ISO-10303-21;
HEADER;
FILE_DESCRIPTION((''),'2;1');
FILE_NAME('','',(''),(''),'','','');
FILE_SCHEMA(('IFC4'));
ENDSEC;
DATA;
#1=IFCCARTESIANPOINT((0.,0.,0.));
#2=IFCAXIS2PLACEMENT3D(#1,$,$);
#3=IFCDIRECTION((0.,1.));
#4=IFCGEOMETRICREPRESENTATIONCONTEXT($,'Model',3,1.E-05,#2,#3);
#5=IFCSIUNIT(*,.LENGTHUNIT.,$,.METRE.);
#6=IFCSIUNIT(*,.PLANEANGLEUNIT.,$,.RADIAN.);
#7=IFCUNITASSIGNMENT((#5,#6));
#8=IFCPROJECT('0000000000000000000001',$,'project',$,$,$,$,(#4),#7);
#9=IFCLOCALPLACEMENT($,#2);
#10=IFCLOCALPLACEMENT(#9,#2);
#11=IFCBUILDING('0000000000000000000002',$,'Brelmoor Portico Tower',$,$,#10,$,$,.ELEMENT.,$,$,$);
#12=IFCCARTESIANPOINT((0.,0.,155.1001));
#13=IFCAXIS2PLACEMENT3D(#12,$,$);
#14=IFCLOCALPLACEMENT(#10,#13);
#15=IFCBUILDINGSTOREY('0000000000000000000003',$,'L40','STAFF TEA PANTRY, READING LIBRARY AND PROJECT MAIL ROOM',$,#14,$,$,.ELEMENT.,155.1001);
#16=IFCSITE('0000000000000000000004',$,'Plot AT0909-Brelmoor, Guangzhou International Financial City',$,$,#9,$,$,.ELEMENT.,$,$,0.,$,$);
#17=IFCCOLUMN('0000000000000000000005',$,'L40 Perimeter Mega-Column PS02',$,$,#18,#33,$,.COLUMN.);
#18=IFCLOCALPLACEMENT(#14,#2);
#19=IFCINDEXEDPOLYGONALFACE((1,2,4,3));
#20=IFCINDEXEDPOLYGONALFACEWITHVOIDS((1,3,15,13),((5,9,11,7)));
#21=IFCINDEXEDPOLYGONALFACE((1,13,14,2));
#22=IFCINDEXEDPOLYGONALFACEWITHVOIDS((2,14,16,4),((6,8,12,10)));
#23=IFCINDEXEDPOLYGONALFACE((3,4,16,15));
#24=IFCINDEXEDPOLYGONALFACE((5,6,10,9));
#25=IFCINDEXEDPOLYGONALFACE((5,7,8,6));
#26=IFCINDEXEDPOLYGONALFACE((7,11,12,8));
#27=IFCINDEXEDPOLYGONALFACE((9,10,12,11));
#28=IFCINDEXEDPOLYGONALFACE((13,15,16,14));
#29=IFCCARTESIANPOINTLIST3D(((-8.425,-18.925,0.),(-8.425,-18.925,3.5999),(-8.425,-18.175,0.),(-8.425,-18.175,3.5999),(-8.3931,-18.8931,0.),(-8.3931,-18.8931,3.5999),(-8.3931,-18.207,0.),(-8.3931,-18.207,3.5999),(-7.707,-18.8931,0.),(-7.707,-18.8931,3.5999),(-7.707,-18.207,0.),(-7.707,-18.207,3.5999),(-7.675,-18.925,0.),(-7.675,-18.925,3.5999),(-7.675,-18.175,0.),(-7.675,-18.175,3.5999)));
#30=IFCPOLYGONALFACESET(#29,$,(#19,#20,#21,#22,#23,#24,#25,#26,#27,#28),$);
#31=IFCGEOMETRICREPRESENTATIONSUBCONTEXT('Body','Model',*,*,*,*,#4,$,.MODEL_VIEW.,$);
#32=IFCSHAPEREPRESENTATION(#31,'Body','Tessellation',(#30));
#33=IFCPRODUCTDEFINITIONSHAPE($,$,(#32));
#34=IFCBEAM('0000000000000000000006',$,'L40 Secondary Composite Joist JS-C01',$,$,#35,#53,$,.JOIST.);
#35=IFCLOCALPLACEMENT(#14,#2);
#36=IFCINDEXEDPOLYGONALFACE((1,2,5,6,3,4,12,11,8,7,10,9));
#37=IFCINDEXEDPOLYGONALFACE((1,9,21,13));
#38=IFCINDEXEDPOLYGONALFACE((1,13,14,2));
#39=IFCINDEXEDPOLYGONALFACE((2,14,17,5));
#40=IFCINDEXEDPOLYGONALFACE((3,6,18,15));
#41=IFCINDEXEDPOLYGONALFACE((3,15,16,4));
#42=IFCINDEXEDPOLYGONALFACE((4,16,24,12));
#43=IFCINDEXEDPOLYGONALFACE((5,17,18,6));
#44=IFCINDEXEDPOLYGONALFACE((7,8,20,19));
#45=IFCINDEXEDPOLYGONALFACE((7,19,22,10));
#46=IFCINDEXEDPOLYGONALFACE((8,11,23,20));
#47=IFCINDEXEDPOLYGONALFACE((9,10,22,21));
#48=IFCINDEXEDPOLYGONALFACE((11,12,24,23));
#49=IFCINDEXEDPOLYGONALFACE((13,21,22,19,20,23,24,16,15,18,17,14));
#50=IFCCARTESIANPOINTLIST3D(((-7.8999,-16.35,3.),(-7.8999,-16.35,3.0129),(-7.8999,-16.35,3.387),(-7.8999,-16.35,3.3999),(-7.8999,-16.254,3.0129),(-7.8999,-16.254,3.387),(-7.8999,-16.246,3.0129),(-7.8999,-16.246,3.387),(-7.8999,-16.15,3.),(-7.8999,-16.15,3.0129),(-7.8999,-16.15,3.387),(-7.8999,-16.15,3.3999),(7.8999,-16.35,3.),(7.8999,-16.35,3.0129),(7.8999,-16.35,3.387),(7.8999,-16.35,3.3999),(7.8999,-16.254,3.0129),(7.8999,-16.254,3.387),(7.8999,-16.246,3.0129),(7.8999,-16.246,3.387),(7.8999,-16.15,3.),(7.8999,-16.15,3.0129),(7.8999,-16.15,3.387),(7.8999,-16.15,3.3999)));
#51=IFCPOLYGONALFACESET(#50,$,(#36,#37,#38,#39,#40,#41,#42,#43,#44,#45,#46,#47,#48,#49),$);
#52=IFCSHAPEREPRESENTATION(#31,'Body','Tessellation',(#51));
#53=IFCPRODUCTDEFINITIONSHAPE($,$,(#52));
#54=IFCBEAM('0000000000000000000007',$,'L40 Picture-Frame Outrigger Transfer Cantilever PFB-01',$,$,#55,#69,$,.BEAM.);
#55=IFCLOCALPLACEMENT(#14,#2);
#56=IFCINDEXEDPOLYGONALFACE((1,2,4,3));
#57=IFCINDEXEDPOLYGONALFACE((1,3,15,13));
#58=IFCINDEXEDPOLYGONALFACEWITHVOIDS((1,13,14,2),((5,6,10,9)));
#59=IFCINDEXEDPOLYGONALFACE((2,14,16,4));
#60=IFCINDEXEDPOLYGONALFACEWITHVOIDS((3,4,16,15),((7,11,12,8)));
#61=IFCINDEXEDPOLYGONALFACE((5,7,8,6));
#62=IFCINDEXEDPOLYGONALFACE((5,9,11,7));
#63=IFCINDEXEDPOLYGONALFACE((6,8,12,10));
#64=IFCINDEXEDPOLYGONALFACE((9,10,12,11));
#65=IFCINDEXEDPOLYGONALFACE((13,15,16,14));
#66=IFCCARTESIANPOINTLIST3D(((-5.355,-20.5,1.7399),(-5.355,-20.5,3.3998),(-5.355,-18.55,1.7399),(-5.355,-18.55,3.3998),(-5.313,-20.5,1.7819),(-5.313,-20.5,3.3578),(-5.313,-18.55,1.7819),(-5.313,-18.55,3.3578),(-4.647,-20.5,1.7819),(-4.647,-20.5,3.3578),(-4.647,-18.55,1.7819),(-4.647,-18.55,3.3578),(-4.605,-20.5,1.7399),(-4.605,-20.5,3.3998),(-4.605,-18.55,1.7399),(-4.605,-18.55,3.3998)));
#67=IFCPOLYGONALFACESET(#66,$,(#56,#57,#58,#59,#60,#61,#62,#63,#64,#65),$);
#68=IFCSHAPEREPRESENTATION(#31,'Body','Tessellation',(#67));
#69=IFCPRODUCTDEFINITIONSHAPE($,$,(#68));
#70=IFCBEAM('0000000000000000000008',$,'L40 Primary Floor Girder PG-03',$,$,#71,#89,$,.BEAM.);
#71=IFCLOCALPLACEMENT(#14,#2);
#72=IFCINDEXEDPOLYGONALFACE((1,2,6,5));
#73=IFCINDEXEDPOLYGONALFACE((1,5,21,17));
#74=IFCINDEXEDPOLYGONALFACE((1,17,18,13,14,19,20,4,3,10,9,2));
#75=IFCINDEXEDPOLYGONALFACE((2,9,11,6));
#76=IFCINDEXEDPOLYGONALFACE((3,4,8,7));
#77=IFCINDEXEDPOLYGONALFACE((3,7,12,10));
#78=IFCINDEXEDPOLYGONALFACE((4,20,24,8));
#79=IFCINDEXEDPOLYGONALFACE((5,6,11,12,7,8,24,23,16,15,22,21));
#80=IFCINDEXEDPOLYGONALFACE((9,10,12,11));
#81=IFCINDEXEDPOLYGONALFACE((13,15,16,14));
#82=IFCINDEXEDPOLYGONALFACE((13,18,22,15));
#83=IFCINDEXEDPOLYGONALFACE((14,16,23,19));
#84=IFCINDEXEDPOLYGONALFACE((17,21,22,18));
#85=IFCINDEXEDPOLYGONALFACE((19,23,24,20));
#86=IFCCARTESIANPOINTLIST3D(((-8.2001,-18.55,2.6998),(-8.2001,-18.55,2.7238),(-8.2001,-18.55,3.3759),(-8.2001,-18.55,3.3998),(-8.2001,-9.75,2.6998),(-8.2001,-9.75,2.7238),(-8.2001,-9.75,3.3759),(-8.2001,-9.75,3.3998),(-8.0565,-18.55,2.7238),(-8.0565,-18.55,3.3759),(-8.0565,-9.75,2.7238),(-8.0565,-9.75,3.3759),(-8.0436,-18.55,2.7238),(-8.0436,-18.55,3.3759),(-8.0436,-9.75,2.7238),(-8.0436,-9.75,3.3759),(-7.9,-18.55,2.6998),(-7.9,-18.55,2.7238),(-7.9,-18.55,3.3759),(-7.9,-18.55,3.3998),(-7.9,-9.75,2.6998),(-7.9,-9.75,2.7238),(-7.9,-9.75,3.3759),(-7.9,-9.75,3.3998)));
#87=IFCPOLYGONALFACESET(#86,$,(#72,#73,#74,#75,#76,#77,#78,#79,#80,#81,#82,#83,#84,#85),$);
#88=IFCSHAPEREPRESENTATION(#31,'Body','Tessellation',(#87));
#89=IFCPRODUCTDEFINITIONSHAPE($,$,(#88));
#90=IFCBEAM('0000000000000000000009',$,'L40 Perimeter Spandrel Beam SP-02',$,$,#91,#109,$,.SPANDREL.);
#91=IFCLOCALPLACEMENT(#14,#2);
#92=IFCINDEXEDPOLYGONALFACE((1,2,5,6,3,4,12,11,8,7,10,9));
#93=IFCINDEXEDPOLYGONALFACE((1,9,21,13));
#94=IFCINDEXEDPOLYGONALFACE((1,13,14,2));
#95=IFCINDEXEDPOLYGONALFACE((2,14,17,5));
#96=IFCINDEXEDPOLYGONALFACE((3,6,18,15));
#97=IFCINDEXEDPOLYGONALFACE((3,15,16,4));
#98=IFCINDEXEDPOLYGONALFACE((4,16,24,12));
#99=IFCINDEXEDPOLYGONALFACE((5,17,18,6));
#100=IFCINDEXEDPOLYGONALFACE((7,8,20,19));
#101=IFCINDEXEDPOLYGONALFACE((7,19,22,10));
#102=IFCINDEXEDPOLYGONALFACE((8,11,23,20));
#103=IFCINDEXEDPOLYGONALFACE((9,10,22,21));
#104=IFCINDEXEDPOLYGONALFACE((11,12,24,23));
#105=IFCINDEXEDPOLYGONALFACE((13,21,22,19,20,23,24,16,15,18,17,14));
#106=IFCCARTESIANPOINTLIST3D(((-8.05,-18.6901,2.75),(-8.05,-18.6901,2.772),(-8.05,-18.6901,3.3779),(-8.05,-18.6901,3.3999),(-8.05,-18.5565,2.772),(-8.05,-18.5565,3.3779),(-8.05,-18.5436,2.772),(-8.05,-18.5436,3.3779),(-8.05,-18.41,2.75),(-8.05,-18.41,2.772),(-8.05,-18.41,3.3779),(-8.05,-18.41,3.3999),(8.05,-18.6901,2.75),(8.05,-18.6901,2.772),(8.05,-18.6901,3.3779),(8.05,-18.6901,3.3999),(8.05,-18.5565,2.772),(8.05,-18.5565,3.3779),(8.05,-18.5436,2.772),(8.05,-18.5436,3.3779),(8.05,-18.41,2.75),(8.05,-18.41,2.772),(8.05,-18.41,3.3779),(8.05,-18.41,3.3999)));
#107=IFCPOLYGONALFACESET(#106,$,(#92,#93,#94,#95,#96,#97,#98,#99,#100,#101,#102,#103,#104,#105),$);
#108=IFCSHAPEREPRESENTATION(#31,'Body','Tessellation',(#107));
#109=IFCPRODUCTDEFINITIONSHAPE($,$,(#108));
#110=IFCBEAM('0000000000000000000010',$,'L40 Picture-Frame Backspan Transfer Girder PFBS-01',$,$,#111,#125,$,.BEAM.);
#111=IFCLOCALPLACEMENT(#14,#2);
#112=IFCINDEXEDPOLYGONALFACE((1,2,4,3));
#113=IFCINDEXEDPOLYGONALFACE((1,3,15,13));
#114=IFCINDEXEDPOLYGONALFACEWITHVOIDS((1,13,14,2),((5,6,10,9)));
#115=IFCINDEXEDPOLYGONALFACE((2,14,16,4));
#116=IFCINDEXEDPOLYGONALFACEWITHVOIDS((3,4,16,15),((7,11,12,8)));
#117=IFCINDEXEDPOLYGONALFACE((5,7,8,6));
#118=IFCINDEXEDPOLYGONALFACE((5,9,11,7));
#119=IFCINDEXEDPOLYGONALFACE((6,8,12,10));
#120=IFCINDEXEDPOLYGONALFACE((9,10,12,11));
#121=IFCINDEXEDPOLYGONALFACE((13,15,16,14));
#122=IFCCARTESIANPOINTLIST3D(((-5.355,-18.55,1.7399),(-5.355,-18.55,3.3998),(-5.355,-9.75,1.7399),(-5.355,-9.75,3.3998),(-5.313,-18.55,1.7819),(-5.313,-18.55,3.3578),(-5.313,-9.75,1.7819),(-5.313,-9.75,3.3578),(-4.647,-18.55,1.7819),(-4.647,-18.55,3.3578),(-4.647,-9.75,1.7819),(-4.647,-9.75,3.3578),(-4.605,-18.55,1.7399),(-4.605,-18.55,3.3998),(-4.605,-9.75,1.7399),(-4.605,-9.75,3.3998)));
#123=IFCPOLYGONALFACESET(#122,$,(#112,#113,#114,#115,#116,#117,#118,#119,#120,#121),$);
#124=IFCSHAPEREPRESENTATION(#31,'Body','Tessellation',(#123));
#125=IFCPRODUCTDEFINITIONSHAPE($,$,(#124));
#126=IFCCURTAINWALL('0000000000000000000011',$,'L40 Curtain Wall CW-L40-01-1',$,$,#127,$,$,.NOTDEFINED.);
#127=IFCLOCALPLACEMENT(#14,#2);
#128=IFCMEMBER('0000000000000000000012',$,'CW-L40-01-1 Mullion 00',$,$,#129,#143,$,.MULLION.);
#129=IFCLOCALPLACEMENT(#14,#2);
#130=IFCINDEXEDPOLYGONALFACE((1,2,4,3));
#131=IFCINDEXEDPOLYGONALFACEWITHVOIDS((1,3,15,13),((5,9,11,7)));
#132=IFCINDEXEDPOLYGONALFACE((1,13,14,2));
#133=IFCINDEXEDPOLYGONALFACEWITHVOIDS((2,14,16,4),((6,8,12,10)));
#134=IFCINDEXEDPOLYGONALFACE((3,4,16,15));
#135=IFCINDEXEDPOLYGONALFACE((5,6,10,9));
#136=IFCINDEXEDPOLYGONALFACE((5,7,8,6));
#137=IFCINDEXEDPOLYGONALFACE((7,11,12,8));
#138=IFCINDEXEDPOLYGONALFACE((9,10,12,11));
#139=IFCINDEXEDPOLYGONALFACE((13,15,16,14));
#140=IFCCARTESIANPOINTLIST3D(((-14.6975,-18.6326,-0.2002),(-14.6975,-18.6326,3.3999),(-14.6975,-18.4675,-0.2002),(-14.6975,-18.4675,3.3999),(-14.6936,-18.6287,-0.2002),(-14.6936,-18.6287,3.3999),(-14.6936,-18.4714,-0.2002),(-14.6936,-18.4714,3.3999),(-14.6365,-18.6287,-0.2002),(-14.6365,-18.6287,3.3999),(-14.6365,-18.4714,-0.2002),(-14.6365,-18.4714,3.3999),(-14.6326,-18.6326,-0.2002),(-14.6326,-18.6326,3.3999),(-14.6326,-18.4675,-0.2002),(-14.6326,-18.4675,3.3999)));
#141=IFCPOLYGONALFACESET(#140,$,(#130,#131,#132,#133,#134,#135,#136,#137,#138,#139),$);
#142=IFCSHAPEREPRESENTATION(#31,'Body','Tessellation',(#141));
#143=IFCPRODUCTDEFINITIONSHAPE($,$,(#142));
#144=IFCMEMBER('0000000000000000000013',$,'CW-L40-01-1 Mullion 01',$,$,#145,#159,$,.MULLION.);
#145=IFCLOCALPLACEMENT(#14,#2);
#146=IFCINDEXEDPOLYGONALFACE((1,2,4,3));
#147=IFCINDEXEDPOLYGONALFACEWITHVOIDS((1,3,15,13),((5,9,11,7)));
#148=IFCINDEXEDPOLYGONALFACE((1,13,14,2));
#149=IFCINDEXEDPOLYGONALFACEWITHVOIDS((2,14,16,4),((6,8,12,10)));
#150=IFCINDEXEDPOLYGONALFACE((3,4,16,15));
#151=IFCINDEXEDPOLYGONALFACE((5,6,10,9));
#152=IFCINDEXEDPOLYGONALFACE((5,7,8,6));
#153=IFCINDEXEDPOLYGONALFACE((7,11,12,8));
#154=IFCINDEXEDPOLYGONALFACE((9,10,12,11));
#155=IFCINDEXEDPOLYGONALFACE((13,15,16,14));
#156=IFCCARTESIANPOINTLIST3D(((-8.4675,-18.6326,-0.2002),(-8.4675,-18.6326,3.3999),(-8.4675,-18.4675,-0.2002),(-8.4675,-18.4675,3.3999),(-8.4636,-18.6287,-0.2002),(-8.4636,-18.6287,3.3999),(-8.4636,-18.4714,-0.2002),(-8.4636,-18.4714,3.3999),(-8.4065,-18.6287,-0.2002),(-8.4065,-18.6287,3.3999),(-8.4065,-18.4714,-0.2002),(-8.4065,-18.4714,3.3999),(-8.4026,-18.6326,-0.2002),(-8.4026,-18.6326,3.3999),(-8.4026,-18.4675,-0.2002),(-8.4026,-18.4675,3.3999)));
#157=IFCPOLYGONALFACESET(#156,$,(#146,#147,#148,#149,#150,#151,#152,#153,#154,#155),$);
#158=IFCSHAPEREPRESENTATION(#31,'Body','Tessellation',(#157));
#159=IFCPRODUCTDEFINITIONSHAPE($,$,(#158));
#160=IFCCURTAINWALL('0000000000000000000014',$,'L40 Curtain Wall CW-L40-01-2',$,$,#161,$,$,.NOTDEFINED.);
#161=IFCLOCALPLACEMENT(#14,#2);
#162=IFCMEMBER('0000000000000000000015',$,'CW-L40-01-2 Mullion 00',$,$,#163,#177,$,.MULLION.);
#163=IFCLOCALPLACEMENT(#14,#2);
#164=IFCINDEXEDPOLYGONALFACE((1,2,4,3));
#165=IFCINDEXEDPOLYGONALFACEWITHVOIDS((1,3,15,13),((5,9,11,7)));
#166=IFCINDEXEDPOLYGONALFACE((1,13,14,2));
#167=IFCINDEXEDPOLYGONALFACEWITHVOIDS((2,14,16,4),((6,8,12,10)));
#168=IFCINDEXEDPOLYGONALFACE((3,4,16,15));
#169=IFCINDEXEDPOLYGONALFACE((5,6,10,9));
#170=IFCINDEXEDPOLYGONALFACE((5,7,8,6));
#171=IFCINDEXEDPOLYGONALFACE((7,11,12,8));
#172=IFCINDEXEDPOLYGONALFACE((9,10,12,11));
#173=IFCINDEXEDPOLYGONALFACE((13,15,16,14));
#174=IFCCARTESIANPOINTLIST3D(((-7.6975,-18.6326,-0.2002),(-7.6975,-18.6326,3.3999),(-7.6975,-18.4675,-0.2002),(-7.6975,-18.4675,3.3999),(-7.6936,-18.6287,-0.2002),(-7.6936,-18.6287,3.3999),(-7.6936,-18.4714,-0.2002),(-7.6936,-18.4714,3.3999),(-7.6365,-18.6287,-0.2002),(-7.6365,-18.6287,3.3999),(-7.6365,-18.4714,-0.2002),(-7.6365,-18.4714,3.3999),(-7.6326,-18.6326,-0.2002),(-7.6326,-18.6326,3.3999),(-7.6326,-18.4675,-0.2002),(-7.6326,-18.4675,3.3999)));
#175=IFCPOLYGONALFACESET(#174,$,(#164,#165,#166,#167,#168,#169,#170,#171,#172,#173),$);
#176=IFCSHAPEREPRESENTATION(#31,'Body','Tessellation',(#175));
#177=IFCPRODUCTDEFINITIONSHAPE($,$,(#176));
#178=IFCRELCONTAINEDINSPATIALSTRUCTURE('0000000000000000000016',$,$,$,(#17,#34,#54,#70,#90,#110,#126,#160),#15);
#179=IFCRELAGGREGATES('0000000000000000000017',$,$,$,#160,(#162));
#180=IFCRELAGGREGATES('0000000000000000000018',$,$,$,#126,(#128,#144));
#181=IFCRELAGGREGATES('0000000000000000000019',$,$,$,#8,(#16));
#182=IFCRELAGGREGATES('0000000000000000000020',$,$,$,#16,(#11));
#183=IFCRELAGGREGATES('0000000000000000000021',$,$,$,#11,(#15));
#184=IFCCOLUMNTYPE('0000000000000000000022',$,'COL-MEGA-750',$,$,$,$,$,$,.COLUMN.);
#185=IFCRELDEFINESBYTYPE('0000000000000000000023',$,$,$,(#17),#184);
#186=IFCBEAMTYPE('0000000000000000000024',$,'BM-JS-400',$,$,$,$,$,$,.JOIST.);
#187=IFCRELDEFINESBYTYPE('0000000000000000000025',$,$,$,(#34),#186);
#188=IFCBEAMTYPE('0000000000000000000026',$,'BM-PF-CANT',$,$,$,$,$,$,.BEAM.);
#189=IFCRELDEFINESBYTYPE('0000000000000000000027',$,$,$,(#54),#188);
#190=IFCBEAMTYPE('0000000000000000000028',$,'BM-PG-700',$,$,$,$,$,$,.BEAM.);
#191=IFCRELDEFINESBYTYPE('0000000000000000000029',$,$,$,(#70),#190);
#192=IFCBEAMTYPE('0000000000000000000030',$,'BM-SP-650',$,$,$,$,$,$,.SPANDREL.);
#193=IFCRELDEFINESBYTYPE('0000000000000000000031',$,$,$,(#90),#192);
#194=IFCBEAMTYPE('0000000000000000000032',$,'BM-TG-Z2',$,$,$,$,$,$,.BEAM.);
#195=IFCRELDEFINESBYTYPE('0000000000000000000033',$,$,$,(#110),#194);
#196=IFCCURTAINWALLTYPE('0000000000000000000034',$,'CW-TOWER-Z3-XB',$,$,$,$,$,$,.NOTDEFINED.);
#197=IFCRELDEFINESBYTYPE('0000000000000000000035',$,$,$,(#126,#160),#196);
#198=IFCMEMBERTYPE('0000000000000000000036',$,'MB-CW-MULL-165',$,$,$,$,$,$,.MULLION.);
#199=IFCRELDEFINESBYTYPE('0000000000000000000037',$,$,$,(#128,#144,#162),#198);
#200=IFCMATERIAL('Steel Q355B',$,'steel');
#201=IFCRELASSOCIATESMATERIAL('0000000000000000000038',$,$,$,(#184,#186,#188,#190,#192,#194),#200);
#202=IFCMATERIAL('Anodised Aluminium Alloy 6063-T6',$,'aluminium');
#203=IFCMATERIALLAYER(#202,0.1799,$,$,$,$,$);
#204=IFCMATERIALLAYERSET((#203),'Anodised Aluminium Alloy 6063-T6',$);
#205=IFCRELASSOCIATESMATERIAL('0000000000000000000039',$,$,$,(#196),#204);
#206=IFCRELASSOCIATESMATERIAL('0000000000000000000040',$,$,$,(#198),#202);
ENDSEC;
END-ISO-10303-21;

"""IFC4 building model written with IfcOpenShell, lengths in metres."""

from ifc_helpers import new_model, si_unit, direction, frame, origin, origin_2d, place, context, subcontext, project, spatial, hollow_rectangle, i_section, extrude, material, layer, layer_set, material_profile, profile_set, type_object, element, aggregate, save


model = new_model("IFC4")

# Units and contexts
model_context = context("Model", 3, precision=1e-05, world=origin(), true_north=direction((0.0, 1.0)))
body_context = subcontext(model_context, "Body", "Model", "MODEL_VIEW")
ifc_project = project(units=[si_unit("LENGTHUNIT", "METRE"), si_unit("PLANEANGLEUNIT", "RADIAN")], contexts=[model_context])

# Site, building, storey
site_placement = place(None, origin())
site = spatial("IfcSite", under=ifc_project, at=site_placement, Name="Plot AT0909-Brelmoor, Guangzhou International Financial City", CompositionType="ELEMENT", RefElevation=0.0)
building_placement = place(site_placement, origin())
building = spatial("IfcBuilding", under=site, at=building_placement, Name="Brelmoor Portico Tower", CompositionType="ELEMENT")
storey_placement = place(building_placement, frame((0.0, 0.0, 155.1001)))
storey = spatial("IfcBuildingStorey", under=building, at=storey_placement, Name="L40", Description="STAFF TEA PANTRY, READING LIBRARY AND PROJECT MAIL ROOM", CompositionType="ELEMENT", Elevation=155.1001)

# Column
ifc_material_1 = material(Name="Steel Q355B", Category="steel")
ifc_material_profile_1 = material_profile(ifc_material_1, hollow_rectangle(XDim=0.75, YDim=0.75, WallThickness=0.032, at=origin_2d()), Name="BOX 750x750x32")
ifc_profile_set_1 = profile_set([ifc_material_profile_1], Name="Steel Q355B")
column_type = type_object("IfcColumnType", Name="COL-MEGA-750", PredefinedType="COLUMN", material=ifc_profile_set_1)
column_placement = place(storey_placement, frame((-8.05, -18.55, 0.0), z_axis=(0.0, 0.0, 1.0), x_axis=(1.0, 0.0, 0.0)))
element("IfcColumn", 1, at=column_placement, inside=storey, type_object=column_type, Name="L40 Perimeter Mega-Column PS02", PredefinedType="COLUMN", context=body_context, shape_type="SweptSolid", body=[
    extrude(hollow_rectangle(XDim=0.75, YDim=0.75, WallThickness=0.032, at=origin_2d()), origin(), (0.0, 0.0, 1.0), 3.5999),
])

# Beams
ifc_material_profile_2 = material_profile(ifc_material_1, i_section(OverallWidth=0.2, OverallDepth=0.3999, WebThickness=0.0081, FlangeThickness=0.0129, at=origin_2d()), Name="HN 400x200x8x13")
ifc_profile_set_2 = profile_set([ifc_material_profile_2], Name="Steel Q355B")
beam_type_1 = type_object("IfcBeamType", Name="BM-JS-400", PredefinedType="JOIST", material=ifc_profile_set_2)
beam_1_placement = place(storey_placement, frame((-7.8999, -16.25, 3.2), z_axis=(1.0, 0.0, 0.0), x_axis=(0.0, 1.0, 0.0)))
element("IfcBeam", 2, at=beam_1_placement, inside=storey, type_object=beam_type_1, Name="L40 Secondary Composite Joist JS-C01", PredefinedType="JOIST", context=body_context, shape_type="SweptSolid", body=[
    extrude(i_section(OverallWidth=0.2, OverallDepth=0.3999, WebThickness=0.0081, FlangeThickness=0.0129, at=origin_2d()), origin(), (0.0, 0.0, 1.0), 15.7998),
])
ifc_material_profile_3 = material_profile(ifc_material_1, hollow_rectangle(XDim=0.75, YDim=1.6599, WallThickness=0.042, at=origin_2d()), Name="BOX 750x1660x42")
ifc_profile_set_3 = profile_set([ifc_material_profile_3], Name="Steel Q355B")
beam_type_2 = type_object("IfcBeamType", Name="BM-PF-CANT", PredefinedType="BEAM", material=ifc_profile_set_3)
beam_2_placement = place(storey_placement, frame((-4.98, -20.5, 2.5698), z_axis=(0.0, 1.0, 0.0), x_axis=(-1.0, 0.0, 0.0)))
element("IfcBeam", 3, at=beam_2_placement, inside=storey, type_object=beam_type_2, Name="L40 Picture-Frame Outrigger Transfer Cantilever PFB-01", PredefinedType="BEAM", context=body_context, shape_type="SweptSolid", body=[
    extrude(hollow_rectangle(XDim=0.75, YDim=1.6599, WallThickness=0.042, at=origin_2d()), origin(), (0.0, 0.0, 1.0), 1.95),
])
ifc_material_profile_4 = material_profile(ifc_material_1, i_section(OverallWidth=0.3, OverallDepth=0.7, WebThickness=0.0129, FlangeThickness=0.0239, at=origin_2d()), Name="HN 700x300x13x24")
ifc_profile_set_4 = profile_set([ifc_material_profile_4], Name="Steel Q355B")
beam_type_3 = type_object("IfcBeamType", Name="BM-PG-700", PredefinedType="BEAM", material=ifc_profile_set_4)
beam_3_placement = place(storey_placement, frame((-8.05, -18.55, 3.0498), z_axis=(0.0, 1.0, 0.0), x_axis=(-1.0, 0.0, 0.0)))
element("IfcBeam", 4, at=beam_3_placement, inside=storey, type_object=beam_type_3, Name="L40 Primary Floor Girder PG-03", PredefinedType="BEAM", context=body_context, shape_type="SweptSolid", body=[
    extrude(i_section(OverallWidth=0.3, OverallDepth=0.7, WebThickness=0.0129, FlangeThickness=0.0239, at=origin_2d()), origin(), (0.0, 0.0, 1.0), 8.8),
])
ifc_material_profile_5 = material_profile(ifc_material_1, i_section(OverallWidth=0.28, OverallDepth=0.6499, WebThickness=0.0129, FlangeThickness=0.022, at=origin_2d()), Name="HN 650x280x13x22")
ifc_profile_set_5 = profile_set([ifc_material_profile_5], Name="Steel Q355B")
beam_type_4 = type_object("IfcBeamType", Name="BM-SP-650", PredefinedType="SPANDREL", material=ifc_profile_set_5)
beam_4_placement = place(storey_placement, frame((-8.05, -18.55, 3.075), z_axis=(1.0, 0.0, 0.0), x_axis=(0.0, 1.0, 0.0)))
element("IfcBeam", 5, at=beam_4_placement, inside=storey, type_object=beam_type_4, Name="L40 Perimeter Spandrel Beam SP-02", PredefinedType="SPANDREL", context=body_context, shape_type="SweptSolid", body=[
    extrude(i_section(OverallWidth=0.28, OverallDepth=0.6499, WebThickness=0.0129, FlangeThickness=0.022, at=origin_2d()), origin(), (0.0, 0.0, 1.0), 16.1001),
])
ifc_material_profile_6 = material_profile(ifc_material_1, hollow_rectangle(XDim=0.75, YDim=1.6599, WallThickness=0.042, at=origin_2d()), Name="BOX 750x1660x42")
ifc_profile_set_6 = profile_set([ifc_material_profile_6], Name="Steel Q355B")
beam_type_5 = type_object("IfcBeamType", Name="BM-TG-Z2", PredefinedType="BEAM", material=ifc_profile_set_6)
beam_5_placement = place(storey_placement, frame((-4.98, -18.55, 2.5698), z_axis=(0.0, 1.0, 0.0), x_axis=(-1.0, 0.0, 0.0)))
element("IfcBeam", 6, at=beam_5_placement, inside=storey, type_object=beam_type_5, Name="L40 Picture-Frame Backspan Transfer Girder PFBS-01", PredefinedType="BEAM", context=body_context, shape_type="SweptSolid", body=[
    extrude(hollow_rectangle(XDim=0.75, YDim=1.6599, WallThickness=0.042, at=origin_2d()), origin(), (0.0, 0.0, 1.0), 8.8),
])

# Curtain wall, members
ifc_material_2 = material(Name="Anodised Aluminium Alloy 6063-T6", Category="aluminium")
ifc_layer_1 = layer(ifc_material_2, 0.1799)
ifc_layer_set_1 = layer_set([ifc_layer_1], Name="Anodised Aluminium Alloy 6063-T6")
curtain_wall_type = type_object("IfcCurtainWallType", Name="CW-TOWER-Z3-XB", PredefinedType="NOTDEFINED", material=ifc_layer_set_1)
curtain_wall_1_placement = place(storey_placement, origin())
curtain_wall_1 = element("IfcCurtainWall", 7, at=curtain_wall_1_placement, inside=storey, type_object=curtain_wall_type, Name="L40 Curtain Wall CW-L40-01-1", PredefinedType="NOTDEFINED")
ifc_material_profile_7 = material_profile(ifc_material_2, hollow_rectangle(XDim=0.0649, YDim=0.165, WallThickness=0.0039, at=origin_2d()), Name="ALU MULLION 65x165")
ifc_profile_set_7 = profile_set([ifc_material_profile_7], Name="Anodised Aluminium Alloy 6063-T6")
member_type_1 = type_object("IfcMemberType", Name="MB-CW-MULL-165", PredefinedType="MULLION", material=ifc_profile_set_7)
member_1_placement = place(storey_placement, frame((-14.665, -18.55, -0.2002), z_axis=(0.0, 0.0, 1.0), x_axis=(1.0, 0.0, 0.0)))
member_1 = element("IfcMember", 8, at=member_1_placement, type_object=member_type_1, Name="CW-L40-01-1 Mullion 00", PredefinedType="MULLION", context=body_context, shape_type="SweptSolid", body=[
    extrude(hollow_rectangle(XDim=0.0649, YDim=0.165, WallThickness=0.0039, at=origin_2d()), origin(), (0.0, 0.0, 1.0), 3.6001),
])
member_2_placement = place(storey_placement, frame((-8.4351, -18.55, -0.2002), z_axis=(0.0, 0.0, 1.0), x_axis=(1.0, 0.0, 0.0)))
member_2 = element("IfcMember", 9, at=member_2_placement, type_object=member_type_1, Name="CW-L40-01-1 Mullion 01", PredefinedType="MULLION", context=body_context, shape_type="SweptSolid", body=[
    extrude(hollow_rectangle(XDim=0.0649, YDim=0.165, WallThickness=0.0039, at=origin_2d()), origin(), (0.0, 0.0, 1.0), 3.6001),
])

# Curtain wall, member
curtain_wall_2_placement = place(storey_placement, origin())
curtain_wall_2 = element("IfcCurtainWall", 10, at=curtain_wall_2_placement, inside=storey, type_object=curtain_wall_type, Name="L40 Curtain Wall CW-L40-01-2", PredefinedType="NOTDEFINED")
member_3_placement = place(storey_placement, frame((-7.665, -18.55, -0.2002), z_axis=(0.0, 0.0, 1.0), x_axis=(1.0, 0.0, 0.0)))
member_3 = element("IfcMember", 11, at=member_3_placement, type_object=member_type_1, Name="CW-L40-01-2 Mullion 00", PredefinedType="MULLION", context=body_context, shape_type="SweptSolid", body=[
    extrude(hollow_rectangle(XDim=0.0649, YDim=0.165, WallThickness=0.0039, at=origin_2d()), origin(), (0.0, 0.0, 1.0), 3.6001),
])

aggregate(curtain_wall_2, [member_3])

aggregate(curtain_wall_1, [member_1, member_2])

save(model, "model.ifc")
